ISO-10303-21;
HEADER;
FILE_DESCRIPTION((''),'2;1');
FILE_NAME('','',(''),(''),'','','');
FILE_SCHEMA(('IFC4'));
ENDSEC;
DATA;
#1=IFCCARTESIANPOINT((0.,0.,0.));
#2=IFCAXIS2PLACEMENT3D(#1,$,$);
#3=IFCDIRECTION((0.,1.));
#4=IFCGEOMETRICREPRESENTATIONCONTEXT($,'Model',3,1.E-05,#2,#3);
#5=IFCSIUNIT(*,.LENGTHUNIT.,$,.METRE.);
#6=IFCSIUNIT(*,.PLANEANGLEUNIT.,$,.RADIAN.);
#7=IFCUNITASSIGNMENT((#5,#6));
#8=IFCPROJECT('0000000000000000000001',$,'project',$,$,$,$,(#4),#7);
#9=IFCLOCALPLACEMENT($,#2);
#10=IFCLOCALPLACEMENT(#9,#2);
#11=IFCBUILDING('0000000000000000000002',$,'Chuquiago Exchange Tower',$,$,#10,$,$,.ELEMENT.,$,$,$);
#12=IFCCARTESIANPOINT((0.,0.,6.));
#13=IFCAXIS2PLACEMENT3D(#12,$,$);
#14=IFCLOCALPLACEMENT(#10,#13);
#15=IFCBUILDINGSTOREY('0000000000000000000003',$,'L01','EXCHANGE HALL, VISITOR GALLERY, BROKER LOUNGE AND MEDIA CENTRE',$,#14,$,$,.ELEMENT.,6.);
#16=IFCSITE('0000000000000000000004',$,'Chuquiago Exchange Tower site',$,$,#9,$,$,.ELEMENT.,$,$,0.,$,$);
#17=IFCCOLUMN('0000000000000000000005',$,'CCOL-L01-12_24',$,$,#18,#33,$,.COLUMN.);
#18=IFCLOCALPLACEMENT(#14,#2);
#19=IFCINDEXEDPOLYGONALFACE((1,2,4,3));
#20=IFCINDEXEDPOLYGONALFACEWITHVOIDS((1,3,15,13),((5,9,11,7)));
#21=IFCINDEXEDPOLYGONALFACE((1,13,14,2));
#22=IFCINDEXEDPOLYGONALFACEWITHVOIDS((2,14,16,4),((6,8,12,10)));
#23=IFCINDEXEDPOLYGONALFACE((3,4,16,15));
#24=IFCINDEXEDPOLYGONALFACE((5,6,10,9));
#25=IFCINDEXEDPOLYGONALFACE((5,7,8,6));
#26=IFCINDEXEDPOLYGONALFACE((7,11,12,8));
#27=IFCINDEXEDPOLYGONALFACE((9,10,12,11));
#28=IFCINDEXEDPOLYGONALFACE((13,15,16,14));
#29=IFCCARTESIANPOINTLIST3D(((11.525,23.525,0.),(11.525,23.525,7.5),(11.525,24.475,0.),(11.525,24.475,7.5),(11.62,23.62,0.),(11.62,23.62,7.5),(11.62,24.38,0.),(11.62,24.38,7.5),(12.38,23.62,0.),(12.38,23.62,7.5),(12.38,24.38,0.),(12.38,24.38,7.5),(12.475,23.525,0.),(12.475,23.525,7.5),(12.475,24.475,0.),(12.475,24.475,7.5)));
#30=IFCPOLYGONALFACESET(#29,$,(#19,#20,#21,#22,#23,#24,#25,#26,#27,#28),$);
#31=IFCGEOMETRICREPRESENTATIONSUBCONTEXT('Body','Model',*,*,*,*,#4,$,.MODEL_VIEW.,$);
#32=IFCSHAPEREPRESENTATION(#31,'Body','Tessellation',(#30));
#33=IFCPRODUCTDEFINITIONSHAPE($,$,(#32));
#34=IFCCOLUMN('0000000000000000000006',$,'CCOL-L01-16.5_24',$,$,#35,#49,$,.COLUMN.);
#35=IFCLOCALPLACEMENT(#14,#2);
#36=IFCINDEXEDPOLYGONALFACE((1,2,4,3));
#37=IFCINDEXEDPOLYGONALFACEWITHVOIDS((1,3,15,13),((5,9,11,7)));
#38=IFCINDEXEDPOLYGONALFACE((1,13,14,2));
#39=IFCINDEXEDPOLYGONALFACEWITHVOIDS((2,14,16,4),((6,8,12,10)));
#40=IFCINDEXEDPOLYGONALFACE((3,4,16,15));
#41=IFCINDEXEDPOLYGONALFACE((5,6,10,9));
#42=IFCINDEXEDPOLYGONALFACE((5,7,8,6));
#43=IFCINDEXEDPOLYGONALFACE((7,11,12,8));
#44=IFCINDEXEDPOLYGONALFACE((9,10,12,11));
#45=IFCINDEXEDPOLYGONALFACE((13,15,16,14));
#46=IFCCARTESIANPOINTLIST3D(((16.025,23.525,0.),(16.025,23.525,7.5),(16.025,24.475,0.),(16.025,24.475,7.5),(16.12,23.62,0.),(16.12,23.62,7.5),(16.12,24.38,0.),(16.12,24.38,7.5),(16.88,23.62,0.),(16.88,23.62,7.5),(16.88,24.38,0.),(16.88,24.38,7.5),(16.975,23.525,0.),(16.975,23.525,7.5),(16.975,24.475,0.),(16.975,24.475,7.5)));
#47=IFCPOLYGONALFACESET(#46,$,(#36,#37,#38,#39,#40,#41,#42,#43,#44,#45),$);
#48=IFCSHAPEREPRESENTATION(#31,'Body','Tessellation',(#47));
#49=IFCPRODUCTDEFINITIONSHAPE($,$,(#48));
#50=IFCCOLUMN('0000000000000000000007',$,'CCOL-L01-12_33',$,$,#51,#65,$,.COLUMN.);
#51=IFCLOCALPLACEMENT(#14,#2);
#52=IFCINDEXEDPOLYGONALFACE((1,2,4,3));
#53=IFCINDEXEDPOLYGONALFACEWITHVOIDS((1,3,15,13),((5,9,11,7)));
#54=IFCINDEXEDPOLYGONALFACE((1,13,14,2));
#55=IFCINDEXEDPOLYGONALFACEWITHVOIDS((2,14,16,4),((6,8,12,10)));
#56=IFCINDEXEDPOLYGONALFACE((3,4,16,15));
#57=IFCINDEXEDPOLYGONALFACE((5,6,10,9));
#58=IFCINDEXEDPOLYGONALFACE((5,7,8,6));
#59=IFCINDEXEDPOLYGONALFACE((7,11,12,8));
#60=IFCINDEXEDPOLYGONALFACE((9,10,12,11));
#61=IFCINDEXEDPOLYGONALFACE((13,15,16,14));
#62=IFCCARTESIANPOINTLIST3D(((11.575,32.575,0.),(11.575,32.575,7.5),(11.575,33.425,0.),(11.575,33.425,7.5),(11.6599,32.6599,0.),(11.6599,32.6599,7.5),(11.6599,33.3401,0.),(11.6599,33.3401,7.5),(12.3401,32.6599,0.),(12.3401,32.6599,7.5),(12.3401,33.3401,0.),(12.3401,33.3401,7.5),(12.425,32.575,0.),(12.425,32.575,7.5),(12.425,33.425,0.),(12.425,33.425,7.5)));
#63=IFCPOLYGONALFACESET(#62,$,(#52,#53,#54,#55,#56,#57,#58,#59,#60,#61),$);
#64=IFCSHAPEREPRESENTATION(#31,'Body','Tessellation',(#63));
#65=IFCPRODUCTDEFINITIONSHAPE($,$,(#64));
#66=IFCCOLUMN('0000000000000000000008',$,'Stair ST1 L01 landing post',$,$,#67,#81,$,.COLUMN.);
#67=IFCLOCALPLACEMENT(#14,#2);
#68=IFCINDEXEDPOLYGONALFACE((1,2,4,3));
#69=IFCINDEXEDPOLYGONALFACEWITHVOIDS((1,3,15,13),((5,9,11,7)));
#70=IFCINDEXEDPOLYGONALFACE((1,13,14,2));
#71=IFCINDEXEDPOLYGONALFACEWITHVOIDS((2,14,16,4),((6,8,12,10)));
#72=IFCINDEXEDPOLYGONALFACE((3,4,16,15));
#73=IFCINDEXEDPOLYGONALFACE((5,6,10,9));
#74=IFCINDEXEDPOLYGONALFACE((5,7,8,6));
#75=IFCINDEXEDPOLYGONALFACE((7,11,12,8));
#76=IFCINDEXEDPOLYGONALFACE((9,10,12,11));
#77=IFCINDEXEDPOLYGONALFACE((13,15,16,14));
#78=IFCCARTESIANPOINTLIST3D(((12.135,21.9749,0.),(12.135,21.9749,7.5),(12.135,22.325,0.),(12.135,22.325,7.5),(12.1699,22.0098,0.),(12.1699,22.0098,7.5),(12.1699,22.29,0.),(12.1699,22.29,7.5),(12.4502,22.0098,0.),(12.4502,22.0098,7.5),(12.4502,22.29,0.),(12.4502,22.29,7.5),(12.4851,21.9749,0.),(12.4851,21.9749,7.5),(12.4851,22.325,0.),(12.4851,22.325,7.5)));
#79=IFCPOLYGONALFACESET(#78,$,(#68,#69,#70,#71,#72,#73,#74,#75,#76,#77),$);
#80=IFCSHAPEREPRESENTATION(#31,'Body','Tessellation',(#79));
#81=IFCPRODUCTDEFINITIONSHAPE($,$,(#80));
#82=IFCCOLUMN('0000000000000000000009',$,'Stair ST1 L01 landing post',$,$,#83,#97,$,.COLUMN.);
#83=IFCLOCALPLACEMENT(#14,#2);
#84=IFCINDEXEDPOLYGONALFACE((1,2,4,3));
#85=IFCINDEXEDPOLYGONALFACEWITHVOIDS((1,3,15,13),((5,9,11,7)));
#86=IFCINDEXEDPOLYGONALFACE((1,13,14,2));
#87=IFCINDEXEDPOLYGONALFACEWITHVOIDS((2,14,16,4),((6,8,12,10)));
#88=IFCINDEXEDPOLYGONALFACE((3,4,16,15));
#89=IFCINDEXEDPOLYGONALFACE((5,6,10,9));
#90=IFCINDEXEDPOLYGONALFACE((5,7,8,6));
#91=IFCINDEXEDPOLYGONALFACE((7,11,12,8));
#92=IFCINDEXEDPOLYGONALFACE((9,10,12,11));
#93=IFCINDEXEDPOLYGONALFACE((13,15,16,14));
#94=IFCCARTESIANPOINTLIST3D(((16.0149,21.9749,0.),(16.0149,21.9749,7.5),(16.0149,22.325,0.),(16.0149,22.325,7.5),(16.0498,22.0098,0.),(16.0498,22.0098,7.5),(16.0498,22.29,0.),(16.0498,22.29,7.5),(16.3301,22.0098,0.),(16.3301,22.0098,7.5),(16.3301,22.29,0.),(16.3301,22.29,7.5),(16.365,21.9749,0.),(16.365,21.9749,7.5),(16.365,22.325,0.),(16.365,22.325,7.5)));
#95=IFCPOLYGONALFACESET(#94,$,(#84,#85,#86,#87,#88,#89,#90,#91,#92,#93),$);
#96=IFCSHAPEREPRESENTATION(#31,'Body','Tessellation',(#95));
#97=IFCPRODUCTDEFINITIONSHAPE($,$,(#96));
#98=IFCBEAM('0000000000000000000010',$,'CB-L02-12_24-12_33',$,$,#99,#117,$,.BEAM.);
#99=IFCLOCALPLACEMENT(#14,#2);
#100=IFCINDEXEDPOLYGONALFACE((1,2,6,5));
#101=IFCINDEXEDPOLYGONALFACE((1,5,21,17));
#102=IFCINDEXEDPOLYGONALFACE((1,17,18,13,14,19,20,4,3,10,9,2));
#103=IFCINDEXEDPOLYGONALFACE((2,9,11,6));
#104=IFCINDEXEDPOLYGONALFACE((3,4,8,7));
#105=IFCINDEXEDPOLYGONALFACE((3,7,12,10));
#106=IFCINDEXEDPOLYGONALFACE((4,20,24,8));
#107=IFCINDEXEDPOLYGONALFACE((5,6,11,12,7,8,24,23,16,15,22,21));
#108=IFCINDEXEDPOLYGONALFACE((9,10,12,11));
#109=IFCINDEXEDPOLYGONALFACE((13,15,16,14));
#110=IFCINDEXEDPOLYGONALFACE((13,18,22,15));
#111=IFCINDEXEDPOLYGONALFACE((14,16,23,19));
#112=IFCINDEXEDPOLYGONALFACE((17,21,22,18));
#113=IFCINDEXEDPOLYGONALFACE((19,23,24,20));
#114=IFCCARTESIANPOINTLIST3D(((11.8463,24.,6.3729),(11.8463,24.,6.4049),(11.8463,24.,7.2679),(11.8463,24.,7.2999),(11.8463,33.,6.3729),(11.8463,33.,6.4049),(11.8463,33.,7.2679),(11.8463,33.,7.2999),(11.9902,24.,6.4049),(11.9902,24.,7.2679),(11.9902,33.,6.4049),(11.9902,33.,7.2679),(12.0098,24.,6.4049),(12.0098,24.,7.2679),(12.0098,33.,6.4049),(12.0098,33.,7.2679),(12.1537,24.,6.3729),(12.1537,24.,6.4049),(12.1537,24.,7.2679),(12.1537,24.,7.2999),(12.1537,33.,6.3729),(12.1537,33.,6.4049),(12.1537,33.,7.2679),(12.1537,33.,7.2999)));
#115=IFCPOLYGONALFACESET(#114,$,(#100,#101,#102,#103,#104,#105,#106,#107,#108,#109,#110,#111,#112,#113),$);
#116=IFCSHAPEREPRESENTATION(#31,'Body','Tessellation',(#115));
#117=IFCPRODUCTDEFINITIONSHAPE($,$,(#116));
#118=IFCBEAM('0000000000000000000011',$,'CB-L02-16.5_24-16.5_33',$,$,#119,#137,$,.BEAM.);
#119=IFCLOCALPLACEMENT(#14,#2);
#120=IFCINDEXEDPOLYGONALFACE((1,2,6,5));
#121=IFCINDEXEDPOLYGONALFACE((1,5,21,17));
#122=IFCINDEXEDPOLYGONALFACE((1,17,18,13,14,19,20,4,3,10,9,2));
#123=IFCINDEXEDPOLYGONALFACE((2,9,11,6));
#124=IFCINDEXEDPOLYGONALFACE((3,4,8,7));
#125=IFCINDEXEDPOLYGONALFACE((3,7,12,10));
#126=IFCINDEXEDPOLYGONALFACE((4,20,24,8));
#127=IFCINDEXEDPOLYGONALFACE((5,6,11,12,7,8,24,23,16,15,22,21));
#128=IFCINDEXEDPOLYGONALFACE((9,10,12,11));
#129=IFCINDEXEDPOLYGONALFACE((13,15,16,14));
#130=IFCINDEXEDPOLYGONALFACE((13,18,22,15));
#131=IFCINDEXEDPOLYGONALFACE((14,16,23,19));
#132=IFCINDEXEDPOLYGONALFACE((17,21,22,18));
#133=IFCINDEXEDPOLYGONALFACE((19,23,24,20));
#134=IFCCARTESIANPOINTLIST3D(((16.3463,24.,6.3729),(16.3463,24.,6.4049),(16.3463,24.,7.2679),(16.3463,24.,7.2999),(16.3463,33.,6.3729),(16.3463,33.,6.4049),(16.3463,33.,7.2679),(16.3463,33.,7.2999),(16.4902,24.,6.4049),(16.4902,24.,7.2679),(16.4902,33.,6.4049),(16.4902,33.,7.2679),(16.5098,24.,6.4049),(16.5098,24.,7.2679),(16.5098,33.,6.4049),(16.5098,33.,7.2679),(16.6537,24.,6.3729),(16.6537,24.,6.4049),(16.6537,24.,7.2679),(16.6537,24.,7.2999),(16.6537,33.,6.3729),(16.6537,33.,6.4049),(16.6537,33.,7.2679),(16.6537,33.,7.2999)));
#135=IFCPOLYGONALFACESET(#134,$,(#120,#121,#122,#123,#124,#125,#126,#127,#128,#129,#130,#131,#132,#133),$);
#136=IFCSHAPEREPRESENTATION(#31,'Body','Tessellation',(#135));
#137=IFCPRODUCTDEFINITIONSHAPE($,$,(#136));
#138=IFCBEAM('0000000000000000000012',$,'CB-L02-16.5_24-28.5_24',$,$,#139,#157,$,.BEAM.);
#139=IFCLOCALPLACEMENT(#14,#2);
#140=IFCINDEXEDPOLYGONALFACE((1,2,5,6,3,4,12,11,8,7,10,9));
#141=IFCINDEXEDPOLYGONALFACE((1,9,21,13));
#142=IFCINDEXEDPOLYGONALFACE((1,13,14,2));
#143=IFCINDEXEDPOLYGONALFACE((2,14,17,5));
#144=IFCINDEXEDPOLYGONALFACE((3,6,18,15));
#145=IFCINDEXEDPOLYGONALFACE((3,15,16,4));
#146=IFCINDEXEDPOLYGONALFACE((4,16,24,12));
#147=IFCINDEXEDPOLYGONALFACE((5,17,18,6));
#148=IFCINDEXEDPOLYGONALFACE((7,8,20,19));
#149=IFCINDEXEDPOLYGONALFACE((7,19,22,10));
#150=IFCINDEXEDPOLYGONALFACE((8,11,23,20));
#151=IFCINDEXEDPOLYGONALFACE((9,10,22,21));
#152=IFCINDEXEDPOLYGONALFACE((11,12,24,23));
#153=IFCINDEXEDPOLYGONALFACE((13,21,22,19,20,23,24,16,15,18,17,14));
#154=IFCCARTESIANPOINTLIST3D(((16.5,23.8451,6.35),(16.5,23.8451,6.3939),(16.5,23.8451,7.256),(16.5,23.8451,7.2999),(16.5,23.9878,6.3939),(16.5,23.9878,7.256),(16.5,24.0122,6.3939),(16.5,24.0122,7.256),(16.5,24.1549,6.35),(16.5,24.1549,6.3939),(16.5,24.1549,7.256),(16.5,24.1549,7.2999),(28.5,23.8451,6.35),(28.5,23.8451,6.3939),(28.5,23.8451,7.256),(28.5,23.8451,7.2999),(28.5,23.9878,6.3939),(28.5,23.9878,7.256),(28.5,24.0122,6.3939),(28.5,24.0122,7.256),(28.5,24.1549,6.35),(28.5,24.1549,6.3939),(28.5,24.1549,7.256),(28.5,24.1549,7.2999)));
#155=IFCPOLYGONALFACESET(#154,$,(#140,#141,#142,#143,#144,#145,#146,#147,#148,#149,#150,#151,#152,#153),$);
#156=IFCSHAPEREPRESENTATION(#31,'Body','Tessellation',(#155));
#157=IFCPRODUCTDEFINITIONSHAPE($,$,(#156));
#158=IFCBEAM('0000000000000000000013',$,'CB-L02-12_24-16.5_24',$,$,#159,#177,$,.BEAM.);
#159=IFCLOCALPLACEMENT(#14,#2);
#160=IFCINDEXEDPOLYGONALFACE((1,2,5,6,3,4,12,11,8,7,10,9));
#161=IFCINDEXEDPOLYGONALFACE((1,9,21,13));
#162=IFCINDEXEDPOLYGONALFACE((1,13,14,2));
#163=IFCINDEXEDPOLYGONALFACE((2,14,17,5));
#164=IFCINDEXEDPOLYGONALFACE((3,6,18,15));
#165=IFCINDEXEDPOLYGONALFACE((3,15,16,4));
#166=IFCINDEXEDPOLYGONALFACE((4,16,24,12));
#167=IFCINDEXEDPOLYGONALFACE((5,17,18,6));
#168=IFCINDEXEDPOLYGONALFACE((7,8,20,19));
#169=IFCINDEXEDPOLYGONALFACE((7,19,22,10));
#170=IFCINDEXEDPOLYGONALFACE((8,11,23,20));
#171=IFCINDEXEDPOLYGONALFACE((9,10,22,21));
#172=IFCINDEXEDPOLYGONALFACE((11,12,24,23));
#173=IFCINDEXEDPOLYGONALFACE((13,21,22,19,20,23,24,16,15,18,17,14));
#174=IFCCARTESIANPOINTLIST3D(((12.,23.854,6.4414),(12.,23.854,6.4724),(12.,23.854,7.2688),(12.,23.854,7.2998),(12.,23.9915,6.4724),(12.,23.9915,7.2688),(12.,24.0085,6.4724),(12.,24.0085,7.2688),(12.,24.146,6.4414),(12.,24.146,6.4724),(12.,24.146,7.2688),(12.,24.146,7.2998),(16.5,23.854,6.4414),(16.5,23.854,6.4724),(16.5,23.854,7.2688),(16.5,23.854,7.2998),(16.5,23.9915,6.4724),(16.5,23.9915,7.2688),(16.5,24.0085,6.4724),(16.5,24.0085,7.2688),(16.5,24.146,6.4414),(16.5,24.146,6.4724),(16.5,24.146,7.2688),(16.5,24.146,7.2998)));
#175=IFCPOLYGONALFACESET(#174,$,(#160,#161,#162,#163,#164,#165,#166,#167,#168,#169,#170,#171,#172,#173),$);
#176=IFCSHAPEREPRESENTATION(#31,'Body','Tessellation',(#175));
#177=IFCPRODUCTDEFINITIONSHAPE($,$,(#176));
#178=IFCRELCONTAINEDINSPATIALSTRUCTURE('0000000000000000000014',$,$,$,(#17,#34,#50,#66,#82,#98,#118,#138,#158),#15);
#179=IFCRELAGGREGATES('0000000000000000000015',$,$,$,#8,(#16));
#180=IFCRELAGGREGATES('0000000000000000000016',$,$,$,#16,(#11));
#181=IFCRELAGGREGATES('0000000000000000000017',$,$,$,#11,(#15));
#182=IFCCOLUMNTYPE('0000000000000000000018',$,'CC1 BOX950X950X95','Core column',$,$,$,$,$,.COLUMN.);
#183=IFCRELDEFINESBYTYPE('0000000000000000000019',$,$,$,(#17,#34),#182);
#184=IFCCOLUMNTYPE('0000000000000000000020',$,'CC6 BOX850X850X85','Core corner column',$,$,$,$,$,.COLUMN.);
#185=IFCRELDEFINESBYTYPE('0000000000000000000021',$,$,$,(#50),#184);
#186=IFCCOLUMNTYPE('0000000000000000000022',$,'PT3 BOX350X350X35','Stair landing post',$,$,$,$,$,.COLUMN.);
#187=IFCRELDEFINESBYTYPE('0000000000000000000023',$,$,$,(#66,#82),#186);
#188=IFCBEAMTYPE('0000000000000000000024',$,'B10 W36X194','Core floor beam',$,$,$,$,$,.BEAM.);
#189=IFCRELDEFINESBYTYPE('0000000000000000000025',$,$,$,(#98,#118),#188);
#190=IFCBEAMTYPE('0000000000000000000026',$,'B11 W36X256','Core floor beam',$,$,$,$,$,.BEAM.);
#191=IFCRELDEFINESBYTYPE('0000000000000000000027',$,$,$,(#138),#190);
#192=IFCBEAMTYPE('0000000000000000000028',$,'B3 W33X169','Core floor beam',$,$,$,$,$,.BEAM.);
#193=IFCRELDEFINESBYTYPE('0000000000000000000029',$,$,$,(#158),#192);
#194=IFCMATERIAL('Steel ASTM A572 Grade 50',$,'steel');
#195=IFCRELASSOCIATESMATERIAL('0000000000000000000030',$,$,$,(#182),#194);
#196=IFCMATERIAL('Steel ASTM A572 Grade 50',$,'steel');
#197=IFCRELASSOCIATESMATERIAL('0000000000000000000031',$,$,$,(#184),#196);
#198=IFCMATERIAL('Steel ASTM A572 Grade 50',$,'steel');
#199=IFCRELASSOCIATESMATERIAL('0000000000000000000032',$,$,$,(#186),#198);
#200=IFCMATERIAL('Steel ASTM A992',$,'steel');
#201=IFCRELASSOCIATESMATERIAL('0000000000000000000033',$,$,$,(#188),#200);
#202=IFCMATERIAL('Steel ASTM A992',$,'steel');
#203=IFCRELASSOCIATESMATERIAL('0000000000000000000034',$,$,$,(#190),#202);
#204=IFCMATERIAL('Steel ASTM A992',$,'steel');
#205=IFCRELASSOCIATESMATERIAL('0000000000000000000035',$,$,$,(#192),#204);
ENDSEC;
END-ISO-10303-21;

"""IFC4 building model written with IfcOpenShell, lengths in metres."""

from ifc_helpers import new_model, si_unit, direction, frame, origin, origin_2d, place, context, subcontext, project, spatial, hollow_rectangle, i_section, extrude, material, material_profile, profile_set, type_object, element, save


model = new_model("IFC4")

# Units and contexts
model_context = context("Model", 3, precision=1e-05, world=origin(), true_north=direction((0.0, 1.0)))
body_context = subcontext(model_context, "Body", "Model", "MODEL_VIEW")
ifc_project = project(units=[si_unit("LENGTHUNIT", "METRE"), si_unit("PLANEANGLEUNIT", "RADIAN")], contexts=[model_context])

# Site, building, storey
site_placement = place(None, origin())
site = spatial("IfcSite", under=ifc_project, at=site_placement, Name="Chuquiago Exchange Tower site", CompositionType="ELEMENT", RefElevation=0.0)
building_placement = place(site_placement, origin())
building = spatial("IfcBuilding", under=site, at=building_placement, Name="Chuquiago Exchange Tower", CompositionType="ELEMENT")
storey_placement = place(building_placement, frame((0.0, 0.0, 6.0)))
storey = spatial("IfcBuildingStorey", under=building, at=storey_placement, Name="L01", Description="EXCHANGE HALL, VISITOR GALLERY, BROKER LOUNGE AND MEDIA CENTRE", CompositionType="ELEMENT", Elevation=6.0)

# Columns
ifc_material_1 = material(Name="Steel ASTM A572 Grade 50", Category="steel")
ifc_material_profile_1 = material_profile(ifc_material_1, hollow_rectangle(XDim=0.95, YDim=0.95, WallThickness=0.095, at=origin_2d()), Name="BOX950X950X95")
ifc_profile_set_1 = profile_set([ifc_material_profile_1], Name="Steel ASTM A572 Grade 50")
column_type_1 = type_object("IfcColumnType", Name="CC1 BOX950X950X95", Description="Core column", PredefinedType="COLUMN", material=ifc_profile_set_1)
for number, where, z_axis, x_axis, name in (
    (1, (12.0, 24.0, 0.0), (0.0, 0.0, 1.0), (1.0, 0.0, 0.0), "CCOL-L01-12_24"),
    (2, (16.5, 24.0, 0.0), (0.0, 0.0, 1.0), (1.0, 0.0, 0.0), "CCOL-L01-16.5_24"),
):
    element("IfcColumn", number, at=place(storey_placement, frame(where, z_axis=z_axis, x_axis=x_axis)), inside=storey, type_object=column_type_1, Name=name, PredefinedType="COLUMN", context=body_context, shape_type="SweptSolid", body=[
        extrude(hollow_rectangle(XDim=0.95, YDim=0.95, WallThickness=0.095, at=origin_2d()), origin(), (0.0, 0.0, 1.0), 7.5),
    ])
ifc_material_2 = material(Name="Steel ASTM A572 Grade 50", Category="steel")
ifc_material_profile_2 = material_profile(ifc_material_2, hollow_rectangle(XDim=0.8501, YDim=0.8501, WallThickness=0.085, at=origin_2d()), Name="BOX850X850X85")
ifc_profile_set_2 = profile_set([ifc_material_profile_2], Name="Steel ASTM A572 Grade 50")
column_type_2 = type_object("IfcColumnType", Name="CC6 BOX850X850X85", Description="Core corner column", PredefinedType="COLUMN", material=ifc_profile_set_2)
column_placement = place(storey_placement, frame((12.0, 33.0, 0.0), z_axis=(0.0, 0.0, 1.0), x_axis=(1.0, 0.0, 0.0)))
element("IfcColumn", 3, at=column_placement, inside=storey, type_object=column_type_2, Name="CCOL-L01-12_33", PredefinedType="COLUMN", context=body_context, shape_type="SweptSolid", body=[
    extrude(hollow_rectangle(XDim=0.8501, YDim=0.8501, WallThickness=0.085, at=origin_2d()), origin(), (0.0, 0.0, 1.0), 7.5),
])
ifc_material_3 = material(Name="Steel ASTM A572 Grade 50", Category="steel")
ifc_material_profile_3 = material_profile(ifc_material_3, hollow_rectangle(XDim=0.3501, YDim=0.3501, WallThickness=0.0349, at=origin_2d()), Name="BOX350X350X35")
ifc_profile_set_3 = profile_set([ifc_material_profile_3], Name="Steel ASTM A572 Grade 50")
column_type_3 = type_object("IfcColumnType", Name="PT3 BOX350X350X35", Description="Stair landing post", PredefinedType="COLUMN", material=ifc_profile_set_3)
for number, where, z_axis, x_axis, name in (
    (4, (12.3101, 22.1499, 0.0), (0.0, 0.0, 1.0), (1.0, 0.0, 0.0), "Stair ST1 L01 landing post"),
    (5, (16.1899, 22.1499, 0.0), (0.0, 0.0, 1.0), (1.0, 0.0, 0.0), "Stair ST1 L01 landing post"),
):
    element("IfcColumn", number, at=place(storey_placement, frame(where, z_axis=z_axis, x_axis=x_axis)), inside=storey, type_object=column_type_3, Name=name, PredefinedType="COLUMN", context=body_context, shape_type="SweptSolid", body=[
        extrude(hollow_rectangle(XDim=0.3501, YDim=0.3501, WallThickness=0.0349, at=origin_2d()), origin(), (0.0, 0.0, 1.0), 7.5),
    ])

# Beams
ifc_material_4 = material(Name="Steel ASTM A992", Category="steel")
ifc_material_profile_4 = material_profile(ifc_material_4, i_section(OverallWidth=0.3074, OverallDepth=0.927, WebThickness=0.0195, FlangeThickness=0.032, at=origin_2d()), Name="W36X194")
ifc_profile_set_4 = profile_set([ifc_material_profile_4], Name="Steel ASTM A992")
beam_type_1 = type_object("IfcBeamType", Name="B10 W36X194", Description="Core floor beam", PredefinedType="BEAM", material=ifc_profile_set_4)
for number, where, z_axis, x_axis, name in (
    (6, (12.0, 24.0, 6.8364), (0.0, 1.0, 0.0), (-1.0, 0.0, 0.0), "CB-L02-12_24-12_33"),
    (7, (16.5, 24.0, 6.8364), (0.0, 1.0, 0.0), (-1.0, 0.0, 0.0), "CB-L02-16.5_24-16.5_33"),
):
    element("IfcBeam", number, at=place(storey_placement, frame(where, z_axis=z_axis, x_axis=x_axis)), inside=storey, type_object=beam_type_1, Name=name, PredefinedType="BEAM", context=body_context, shape_type="SweptSolid", body=[
        extrude(i_section(OverallWidth=0.3074, OverallDepth=0.927, WebThickness=0.0195, FlangeThickness=0.032, at=origin_2d()), origin(), (0.0, 0.0, 1.0), 9.0),
    ])
ifc_material_5 = material(Name="Steel ASTM A992", Category="steel")
ifc_material_profile_5 = material_profile(ifc_material_5, i_section(OverallWidth=0.3098, OverallDepth=0.95, WebThickness=0.0244, FlangeThickness=0.0439, at=origin_2d()), Name="W36X256")
ifc_profile_set_5 = profile_set([ifc_material_profile_5], Name="Steel ASTM A992")
beam_type_2 = type_object("IfcBeamType", Name="B11 W36X256", Description="Core floor beam", PredefinedType="BEAM", material=ifc_profile_set_5)
beam_1_placement = place(storey_placement, frame((16.5, 24.0, 6.825), z_axis=(1.0, 0.0, 0.0), x_axis=(0.0, 1.0, 0.0)))
element("IfcBeam", 8, at=beam_1_placement, inside=storey, type_object=beam_type_2, Name="CB-L02-16.5_24-28.5_24", PredefinedType="BEAM", context=body_context, shape_type="SweptSolid", body=[
    extrude(i_section(OverallWidth=0.3098, OverallDepth=0.95, WebThickness=0.0244, FlangeThickness=0.0439, at=origin_2d()), origin(), (0.0, 0.0, 1.0), 12.0),
])
ifc_material_6 = material(Name="Steel ASTM A992", Category="steel")
ifc_material_profile_6 = material_profile(ifc_material_6, i_section(OverallWidth=0.292, OverallDepth=0.8584, WebThickness=0.0171, FlangeThickness=0.031, at=origin_2d()), Name="W33X169")
ifc_profile_set_6 = profile_set([ifc_material_profile_6], Name="Steel ASTM A992")
beam_type_3 = type_object("IfcBeamType", Name="B3 W33X169", Description="Core floor beam", PredefinedType="BEAM", material=ifc_profile_set_6)
beam_2_placement = place(storey_placement, frame((12.0, 24.0, 6.8706), z_axis=(1.0, 0.0, 0.0), x_axis=(0.0, 1.0, 0.0)))
element("IfcBeam", 9, at=beam_2_placement, inside=storey, type_object=beam_type_3, Name="CB-L02-12_24-16.5_24", PredefinedType="BEAM", context=body_context, shape_type="SweptSolid", body=[
    extrude(i_section(OverallWidth=0.292, OverallDepth=0.8584, WebThickness=0.0171, FlangeThickness=0.031, at=origin_2d()), origin(), (0.0, 0.0, 1.0), 4.5),
])

save(model, "model.ifc")
